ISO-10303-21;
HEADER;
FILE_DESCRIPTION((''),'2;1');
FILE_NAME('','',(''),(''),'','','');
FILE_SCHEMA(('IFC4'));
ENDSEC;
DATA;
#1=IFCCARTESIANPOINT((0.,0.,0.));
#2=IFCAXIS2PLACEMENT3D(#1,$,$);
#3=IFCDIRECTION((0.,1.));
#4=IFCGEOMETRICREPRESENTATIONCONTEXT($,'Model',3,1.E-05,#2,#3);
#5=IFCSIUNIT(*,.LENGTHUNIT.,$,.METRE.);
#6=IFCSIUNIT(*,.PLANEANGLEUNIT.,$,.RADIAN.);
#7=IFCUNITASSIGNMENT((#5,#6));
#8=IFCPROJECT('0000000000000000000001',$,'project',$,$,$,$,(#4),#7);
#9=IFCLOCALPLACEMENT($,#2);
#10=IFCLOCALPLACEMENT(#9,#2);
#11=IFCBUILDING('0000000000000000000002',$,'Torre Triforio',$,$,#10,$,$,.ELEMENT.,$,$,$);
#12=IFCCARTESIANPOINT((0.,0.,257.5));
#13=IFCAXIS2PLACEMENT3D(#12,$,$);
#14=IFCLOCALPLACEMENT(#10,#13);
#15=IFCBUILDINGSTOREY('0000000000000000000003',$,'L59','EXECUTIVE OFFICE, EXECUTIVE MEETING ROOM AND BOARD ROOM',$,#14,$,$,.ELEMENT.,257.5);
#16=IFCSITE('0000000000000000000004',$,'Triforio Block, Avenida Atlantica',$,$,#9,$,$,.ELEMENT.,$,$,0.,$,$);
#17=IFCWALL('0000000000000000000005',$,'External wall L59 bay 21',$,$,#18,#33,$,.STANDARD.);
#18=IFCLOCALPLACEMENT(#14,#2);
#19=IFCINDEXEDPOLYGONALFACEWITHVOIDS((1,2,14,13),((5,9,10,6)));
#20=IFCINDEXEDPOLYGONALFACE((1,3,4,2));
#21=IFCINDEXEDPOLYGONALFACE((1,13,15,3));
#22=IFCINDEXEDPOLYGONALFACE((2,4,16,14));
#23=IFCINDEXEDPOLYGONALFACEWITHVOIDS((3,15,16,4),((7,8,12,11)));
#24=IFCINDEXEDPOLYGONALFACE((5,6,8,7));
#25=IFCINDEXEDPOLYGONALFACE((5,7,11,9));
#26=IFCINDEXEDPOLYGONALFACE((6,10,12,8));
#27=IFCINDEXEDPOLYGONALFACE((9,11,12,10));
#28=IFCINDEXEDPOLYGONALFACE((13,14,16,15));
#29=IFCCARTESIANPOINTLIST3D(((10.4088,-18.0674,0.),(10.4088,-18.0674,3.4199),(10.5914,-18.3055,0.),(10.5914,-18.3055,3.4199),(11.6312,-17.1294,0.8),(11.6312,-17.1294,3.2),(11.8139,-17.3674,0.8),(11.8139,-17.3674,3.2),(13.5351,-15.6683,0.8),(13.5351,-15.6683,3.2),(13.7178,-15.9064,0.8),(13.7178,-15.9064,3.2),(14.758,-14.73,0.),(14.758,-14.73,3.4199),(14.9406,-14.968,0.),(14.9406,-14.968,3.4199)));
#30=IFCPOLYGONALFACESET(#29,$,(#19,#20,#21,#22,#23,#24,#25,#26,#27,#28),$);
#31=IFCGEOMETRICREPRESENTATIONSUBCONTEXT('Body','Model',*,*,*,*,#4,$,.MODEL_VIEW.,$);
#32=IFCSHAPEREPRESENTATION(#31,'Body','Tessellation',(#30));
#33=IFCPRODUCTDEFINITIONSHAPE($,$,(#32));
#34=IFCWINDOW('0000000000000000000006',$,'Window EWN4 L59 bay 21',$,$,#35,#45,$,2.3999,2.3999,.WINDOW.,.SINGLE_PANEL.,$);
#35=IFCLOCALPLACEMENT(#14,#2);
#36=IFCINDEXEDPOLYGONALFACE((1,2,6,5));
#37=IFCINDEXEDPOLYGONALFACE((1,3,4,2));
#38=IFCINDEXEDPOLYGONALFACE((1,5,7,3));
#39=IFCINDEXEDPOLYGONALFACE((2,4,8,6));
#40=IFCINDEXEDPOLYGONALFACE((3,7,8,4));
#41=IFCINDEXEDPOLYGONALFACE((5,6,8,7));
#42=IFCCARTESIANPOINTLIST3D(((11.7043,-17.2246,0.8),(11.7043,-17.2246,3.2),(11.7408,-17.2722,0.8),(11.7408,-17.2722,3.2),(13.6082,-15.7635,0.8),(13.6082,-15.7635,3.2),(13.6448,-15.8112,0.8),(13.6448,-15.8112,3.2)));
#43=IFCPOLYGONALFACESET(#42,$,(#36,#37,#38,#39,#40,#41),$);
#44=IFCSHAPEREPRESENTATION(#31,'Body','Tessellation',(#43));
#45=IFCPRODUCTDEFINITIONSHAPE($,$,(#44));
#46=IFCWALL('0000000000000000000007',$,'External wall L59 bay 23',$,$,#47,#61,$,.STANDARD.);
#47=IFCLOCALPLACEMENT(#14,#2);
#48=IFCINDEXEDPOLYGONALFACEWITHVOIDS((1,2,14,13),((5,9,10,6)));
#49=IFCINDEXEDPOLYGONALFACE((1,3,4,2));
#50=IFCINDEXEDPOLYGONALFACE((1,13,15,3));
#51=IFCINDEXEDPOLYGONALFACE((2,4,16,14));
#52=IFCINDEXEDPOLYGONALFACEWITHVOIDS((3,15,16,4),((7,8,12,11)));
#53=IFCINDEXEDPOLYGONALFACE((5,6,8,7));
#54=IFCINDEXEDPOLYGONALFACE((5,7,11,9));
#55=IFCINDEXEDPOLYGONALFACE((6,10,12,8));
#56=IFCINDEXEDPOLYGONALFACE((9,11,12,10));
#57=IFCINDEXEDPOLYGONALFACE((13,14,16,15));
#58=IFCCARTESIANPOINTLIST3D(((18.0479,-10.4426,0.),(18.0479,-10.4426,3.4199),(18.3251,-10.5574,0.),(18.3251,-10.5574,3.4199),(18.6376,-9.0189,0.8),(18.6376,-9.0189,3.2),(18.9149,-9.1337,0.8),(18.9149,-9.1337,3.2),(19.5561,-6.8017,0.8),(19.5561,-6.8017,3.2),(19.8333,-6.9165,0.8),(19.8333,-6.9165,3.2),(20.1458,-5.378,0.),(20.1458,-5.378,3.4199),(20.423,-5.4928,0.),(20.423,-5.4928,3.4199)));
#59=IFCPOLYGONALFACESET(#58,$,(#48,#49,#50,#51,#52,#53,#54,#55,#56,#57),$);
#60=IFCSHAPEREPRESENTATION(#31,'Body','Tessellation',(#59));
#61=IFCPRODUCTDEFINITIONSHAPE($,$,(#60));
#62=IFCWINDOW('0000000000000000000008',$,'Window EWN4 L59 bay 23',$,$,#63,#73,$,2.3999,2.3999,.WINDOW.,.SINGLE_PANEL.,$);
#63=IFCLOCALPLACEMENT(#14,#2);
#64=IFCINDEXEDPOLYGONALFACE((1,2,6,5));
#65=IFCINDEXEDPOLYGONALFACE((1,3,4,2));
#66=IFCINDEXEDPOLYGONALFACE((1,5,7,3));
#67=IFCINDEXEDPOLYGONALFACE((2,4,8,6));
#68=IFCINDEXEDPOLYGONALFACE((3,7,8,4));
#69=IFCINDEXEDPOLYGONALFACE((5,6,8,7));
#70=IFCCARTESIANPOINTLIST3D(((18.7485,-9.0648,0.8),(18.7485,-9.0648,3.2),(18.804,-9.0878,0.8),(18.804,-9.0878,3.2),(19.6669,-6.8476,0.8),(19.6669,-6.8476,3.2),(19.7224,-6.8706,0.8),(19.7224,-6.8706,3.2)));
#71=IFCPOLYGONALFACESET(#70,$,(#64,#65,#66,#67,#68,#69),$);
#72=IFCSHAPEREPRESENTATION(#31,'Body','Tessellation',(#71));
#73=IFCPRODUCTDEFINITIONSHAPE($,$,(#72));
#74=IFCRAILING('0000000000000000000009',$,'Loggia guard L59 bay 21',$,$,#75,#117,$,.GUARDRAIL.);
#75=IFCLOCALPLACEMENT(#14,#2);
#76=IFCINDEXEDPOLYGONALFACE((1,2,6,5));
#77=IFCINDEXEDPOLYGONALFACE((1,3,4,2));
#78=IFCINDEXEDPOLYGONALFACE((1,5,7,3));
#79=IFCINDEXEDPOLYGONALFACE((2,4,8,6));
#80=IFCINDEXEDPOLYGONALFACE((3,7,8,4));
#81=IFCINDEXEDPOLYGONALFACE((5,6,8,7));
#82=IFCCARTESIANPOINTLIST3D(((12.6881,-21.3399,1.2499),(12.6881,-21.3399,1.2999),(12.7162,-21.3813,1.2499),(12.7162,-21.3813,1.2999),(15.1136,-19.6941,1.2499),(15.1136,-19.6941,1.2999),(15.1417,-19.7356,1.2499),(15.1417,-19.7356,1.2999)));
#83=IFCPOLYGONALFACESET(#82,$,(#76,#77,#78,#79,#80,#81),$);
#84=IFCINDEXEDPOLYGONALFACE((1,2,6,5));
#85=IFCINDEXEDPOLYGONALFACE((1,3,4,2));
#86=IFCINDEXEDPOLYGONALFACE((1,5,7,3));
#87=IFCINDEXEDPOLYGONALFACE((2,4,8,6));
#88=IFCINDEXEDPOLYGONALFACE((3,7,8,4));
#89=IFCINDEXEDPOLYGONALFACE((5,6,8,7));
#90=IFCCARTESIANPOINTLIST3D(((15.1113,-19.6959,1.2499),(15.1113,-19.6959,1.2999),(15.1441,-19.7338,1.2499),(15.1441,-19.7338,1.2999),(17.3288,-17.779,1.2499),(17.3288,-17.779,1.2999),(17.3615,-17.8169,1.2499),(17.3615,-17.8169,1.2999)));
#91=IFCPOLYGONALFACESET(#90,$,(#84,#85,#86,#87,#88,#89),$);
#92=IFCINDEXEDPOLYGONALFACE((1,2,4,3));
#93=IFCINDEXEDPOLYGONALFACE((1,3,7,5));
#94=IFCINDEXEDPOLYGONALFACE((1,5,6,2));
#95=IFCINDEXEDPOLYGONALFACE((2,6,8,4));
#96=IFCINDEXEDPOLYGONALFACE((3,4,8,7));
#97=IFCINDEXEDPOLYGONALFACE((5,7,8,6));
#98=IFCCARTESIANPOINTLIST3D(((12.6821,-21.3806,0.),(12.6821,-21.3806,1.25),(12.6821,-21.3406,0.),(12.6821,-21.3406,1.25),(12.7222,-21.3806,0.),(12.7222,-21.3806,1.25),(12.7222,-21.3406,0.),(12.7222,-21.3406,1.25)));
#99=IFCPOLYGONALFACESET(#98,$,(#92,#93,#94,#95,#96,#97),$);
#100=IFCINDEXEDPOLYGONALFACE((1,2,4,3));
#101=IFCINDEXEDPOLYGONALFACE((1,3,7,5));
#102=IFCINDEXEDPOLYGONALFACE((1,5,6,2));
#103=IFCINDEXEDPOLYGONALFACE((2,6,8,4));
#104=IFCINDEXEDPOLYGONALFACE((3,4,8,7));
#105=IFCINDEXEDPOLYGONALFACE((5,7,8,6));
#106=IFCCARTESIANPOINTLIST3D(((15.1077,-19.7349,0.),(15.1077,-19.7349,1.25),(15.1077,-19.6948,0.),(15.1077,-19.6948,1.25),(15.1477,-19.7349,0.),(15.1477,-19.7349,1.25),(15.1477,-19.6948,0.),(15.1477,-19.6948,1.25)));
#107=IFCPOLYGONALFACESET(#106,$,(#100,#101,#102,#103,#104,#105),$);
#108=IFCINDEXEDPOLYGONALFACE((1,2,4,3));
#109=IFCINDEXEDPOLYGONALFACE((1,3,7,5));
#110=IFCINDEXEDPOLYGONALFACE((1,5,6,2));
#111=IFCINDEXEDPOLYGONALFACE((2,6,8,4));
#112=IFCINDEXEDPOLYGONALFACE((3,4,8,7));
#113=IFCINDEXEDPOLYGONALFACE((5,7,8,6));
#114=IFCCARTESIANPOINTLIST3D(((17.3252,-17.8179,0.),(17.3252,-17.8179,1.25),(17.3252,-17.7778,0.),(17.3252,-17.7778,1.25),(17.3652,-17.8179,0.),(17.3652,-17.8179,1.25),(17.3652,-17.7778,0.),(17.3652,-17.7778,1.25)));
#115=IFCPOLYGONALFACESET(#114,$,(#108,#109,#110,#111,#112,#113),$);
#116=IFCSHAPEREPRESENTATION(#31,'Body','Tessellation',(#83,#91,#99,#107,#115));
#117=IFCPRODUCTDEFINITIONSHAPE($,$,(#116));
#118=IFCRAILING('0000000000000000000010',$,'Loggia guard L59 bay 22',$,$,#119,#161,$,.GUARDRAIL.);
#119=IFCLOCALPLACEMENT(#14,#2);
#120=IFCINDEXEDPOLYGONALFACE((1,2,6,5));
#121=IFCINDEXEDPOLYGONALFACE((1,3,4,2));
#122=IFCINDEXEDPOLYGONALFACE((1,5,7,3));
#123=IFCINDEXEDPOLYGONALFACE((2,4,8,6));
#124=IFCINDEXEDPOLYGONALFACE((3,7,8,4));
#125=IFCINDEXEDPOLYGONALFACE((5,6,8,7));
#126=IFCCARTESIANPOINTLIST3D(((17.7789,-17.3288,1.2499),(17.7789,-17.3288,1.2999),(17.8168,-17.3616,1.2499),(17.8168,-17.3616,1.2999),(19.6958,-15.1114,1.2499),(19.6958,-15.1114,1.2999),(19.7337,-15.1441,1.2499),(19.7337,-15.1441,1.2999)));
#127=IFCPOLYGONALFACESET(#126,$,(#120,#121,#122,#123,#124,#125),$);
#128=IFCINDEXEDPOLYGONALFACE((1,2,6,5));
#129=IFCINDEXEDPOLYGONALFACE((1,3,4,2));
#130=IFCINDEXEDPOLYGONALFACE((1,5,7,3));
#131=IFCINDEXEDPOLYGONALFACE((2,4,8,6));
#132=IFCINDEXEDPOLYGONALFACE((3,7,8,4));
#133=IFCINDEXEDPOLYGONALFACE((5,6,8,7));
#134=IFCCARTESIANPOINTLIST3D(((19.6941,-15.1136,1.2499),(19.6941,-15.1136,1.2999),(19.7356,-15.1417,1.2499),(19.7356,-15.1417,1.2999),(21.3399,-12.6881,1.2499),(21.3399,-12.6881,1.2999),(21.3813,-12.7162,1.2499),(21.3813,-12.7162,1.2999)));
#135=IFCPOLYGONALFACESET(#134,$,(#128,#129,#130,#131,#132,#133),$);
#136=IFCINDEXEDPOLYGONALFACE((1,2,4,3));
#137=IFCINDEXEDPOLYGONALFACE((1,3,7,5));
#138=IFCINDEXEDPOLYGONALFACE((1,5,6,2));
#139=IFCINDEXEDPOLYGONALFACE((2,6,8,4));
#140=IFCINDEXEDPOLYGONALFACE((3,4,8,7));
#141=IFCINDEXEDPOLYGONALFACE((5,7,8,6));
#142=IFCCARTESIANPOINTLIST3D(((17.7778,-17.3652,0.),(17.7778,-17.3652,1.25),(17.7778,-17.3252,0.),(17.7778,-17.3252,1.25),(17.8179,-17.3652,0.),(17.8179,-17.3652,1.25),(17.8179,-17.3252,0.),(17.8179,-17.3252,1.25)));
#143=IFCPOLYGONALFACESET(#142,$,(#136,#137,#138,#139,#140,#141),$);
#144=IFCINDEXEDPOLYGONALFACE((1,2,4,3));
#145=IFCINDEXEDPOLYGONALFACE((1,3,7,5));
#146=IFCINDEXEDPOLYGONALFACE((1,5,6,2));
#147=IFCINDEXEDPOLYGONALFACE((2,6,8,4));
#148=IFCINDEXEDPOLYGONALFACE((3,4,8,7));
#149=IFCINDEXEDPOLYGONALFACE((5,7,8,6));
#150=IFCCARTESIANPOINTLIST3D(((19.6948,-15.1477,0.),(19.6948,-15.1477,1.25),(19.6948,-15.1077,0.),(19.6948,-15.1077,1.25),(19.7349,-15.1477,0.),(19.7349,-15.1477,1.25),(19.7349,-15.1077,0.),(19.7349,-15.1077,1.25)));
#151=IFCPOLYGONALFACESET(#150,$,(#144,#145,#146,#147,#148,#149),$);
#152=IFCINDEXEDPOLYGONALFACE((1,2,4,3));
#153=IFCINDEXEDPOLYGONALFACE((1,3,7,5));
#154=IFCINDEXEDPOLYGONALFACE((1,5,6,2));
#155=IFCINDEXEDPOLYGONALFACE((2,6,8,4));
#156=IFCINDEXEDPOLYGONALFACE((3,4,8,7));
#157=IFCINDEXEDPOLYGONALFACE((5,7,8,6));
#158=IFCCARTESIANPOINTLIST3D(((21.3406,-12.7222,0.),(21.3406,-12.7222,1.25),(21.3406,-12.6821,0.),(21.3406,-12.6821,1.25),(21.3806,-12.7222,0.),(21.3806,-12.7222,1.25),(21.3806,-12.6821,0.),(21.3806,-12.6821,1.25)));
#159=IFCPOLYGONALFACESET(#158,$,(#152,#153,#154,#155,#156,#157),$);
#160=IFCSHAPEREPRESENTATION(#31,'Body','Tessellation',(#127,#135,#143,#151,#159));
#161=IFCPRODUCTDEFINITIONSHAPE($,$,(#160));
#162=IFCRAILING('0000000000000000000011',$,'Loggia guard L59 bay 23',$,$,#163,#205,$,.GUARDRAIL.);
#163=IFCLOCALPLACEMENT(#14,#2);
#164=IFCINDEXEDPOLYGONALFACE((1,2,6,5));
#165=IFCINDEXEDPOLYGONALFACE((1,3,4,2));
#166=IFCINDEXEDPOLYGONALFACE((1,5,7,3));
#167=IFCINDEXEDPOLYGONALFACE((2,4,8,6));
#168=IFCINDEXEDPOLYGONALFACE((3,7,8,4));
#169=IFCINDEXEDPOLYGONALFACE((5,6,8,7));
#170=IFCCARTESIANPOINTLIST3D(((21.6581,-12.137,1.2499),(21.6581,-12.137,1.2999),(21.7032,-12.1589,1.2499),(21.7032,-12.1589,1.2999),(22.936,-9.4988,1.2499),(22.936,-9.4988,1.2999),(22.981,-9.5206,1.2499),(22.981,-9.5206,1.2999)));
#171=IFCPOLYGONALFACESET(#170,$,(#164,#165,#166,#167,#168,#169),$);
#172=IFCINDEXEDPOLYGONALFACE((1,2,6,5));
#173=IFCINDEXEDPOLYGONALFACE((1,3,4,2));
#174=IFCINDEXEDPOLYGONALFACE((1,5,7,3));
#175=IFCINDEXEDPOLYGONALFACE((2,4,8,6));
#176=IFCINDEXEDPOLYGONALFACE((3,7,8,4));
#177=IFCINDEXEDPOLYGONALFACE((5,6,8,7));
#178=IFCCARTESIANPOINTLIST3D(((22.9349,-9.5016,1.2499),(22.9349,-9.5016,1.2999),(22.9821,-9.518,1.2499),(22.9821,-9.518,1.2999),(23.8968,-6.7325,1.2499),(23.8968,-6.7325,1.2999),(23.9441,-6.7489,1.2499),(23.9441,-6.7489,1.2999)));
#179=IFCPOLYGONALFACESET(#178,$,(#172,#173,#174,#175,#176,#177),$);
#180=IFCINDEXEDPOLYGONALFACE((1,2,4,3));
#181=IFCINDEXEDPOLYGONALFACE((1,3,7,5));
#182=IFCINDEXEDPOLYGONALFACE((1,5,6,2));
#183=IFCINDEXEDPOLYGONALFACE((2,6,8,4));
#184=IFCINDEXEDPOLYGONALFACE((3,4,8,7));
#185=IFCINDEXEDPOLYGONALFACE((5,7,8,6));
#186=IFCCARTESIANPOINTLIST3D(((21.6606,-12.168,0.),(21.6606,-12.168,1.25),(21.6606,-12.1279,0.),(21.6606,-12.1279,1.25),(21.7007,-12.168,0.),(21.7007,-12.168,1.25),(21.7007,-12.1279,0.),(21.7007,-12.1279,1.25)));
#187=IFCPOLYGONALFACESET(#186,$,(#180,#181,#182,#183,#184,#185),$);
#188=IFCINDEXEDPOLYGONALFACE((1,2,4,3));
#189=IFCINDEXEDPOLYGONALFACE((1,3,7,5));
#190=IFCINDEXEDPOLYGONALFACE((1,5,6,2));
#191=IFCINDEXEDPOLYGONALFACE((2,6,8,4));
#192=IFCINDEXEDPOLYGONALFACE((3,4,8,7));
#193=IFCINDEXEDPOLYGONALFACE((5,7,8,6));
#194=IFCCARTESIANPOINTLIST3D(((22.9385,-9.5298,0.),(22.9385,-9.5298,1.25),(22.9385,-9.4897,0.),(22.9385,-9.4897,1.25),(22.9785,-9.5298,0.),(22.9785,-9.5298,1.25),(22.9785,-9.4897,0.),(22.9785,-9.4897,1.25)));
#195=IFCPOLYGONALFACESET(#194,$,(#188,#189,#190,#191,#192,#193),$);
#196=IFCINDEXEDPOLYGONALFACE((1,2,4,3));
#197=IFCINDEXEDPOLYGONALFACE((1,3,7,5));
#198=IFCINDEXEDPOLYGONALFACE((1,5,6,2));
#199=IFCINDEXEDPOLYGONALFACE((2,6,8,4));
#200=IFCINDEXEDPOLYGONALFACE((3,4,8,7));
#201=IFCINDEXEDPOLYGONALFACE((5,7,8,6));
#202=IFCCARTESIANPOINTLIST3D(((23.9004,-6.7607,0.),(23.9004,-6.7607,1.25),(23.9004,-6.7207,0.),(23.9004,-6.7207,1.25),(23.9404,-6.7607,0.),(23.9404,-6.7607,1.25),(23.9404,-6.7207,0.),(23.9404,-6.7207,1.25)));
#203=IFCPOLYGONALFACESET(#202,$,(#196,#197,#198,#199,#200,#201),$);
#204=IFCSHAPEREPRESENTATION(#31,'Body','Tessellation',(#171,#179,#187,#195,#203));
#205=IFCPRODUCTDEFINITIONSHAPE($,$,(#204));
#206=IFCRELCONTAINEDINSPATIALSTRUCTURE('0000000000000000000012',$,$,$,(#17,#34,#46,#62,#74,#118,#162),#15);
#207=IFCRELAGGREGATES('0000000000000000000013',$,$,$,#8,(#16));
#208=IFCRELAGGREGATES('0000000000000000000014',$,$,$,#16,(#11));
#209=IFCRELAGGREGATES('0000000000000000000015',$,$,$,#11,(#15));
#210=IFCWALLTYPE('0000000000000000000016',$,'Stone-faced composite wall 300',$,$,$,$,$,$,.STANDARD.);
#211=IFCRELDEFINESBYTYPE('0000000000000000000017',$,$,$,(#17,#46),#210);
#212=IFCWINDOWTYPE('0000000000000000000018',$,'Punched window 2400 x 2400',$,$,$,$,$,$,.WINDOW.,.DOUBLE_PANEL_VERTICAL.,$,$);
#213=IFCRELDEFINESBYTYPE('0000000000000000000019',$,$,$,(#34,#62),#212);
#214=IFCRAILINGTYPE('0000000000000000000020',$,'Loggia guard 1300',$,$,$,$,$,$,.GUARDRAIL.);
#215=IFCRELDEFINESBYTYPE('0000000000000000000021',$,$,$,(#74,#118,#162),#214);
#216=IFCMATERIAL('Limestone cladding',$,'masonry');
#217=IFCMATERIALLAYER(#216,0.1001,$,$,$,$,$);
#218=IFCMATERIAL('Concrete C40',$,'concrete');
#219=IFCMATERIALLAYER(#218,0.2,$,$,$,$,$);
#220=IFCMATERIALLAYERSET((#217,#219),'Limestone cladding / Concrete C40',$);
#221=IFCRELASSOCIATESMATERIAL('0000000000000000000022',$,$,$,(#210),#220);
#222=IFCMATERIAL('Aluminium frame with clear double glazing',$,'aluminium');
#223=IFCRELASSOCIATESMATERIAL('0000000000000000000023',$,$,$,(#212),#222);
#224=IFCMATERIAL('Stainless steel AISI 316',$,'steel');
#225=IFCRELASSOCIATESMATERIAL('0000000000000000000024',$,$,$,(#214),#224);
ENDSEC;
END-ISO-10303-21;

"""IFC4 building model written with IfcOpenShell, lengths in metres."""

from ifc_helpers import new_model, si_unit, direction, frame, frame_2d, origin, origin_2d, place, context, subcontext, project, spatial, rectangle, extrude, material, layer, layer_set, type_object, element, fill, save


model = new_model("IFC4")

# Units and contexts
model_context = context("Model", 3, precision=1e-05, world=origin(), true_north=direction((0.0, 1.0)))
body_context = subcontext(model_context, "Body", "Model", "MODEL_VIEW")
ifc_project = project(units=[si_unit("LENGTHUNIT", "METRE"), si_unit("PLANEANGLEUNIT", "RADIAN")], contexts=[model_context])

# Site, building, storey
site_placement = place(None, origin())
site = spatial("IfcSite", under=ifc_project, at=site_placement, Name="Triforio Block, Avenida Atlantica", CompositionType="ELEMENT", RefElevation=0.0)
building_placement = place(site_placement, origin())
building = spatial("IfcBuilding", under=site, at=building_placement, Name="Torre Triforio", CompositionType="ELEMENT")
storey_placement = place(building_placement, frame((0.0, 0.0, 257.5)))
storey = spatial("IfcBuildingStorey", under=building, at=storey_placement, Name="L59", Description="EXECUTIVE OFFICE, EXECUTIVE MEETING ROOM AND BOARD ROOM", CompositionType="ELEMENT", Elevation=257.5)

# Shared definitions
ifc_material_1 = material(Name="Concrete C40", Category="concrete")

# Shared definitions
ifc_material_2 = material(Name="Limestone cladding", Category="masonry")

# Wall, opening, window
ifc_layer_1 = layer(ifc_material_2, 0.1001)
ifc_layer_2 = layer(ifc_material_1, 0.2)
ifc_layer_set_1 = layer_set([ifc_layer_1, ifc_layer_2], Name="Limestone cladding / Concrete C40")
wall_type_1 = type_object("IfcWallType", Name="Stone-faced composite wall 300", PredefinedType="STANDARD", material=ifc_layer_set_1)
wall_1_placement = place(storey_placement, frame((10.5, -18.1865, 0.0), z_axis=(0.0, 0.0, 1.0), x_axis=(0.793335, 0.608785, 0.0)))
wall_1 = element("IfcWall", 1, at=wall_1_placement, inside=storey, type_object=wall_type_1, Name="External wall L59 bay 21", PredefinedType="STANDARD", context=body_context, shape_type="SweptSolid", body=[
    extrude(rectangle(XDim=5.4822, YDim=0.3, at=frame_2d((2.7412, 0.0))), origin(), (0.0, 0.0, 1.0), 3.4199),
])
opening_1_placement = place(wall_1_placement, frame((1.541, 0.0, 0.8)))
opening_1 = element("IfcOpeningElement", 2, at=opening_1_placement, cuts=wall_1, PredefinedType="OPENING", context=body_context, shape_type="SweptSolid", body=[
    extrude(rectangle(XDim=2.3999, YDim=2.3999, at=frame_2d((1.2, 1.2))), frame((0.0, 0.1599, 0.0), z_axis=(0.0, -1.0, 0.0), x_axis=(1.0, 0.0, 0.0)), (0.0, 0.0, 1.0), 0.3201),
])
ifc_material_3 = material(Name="Aluminium frame with clear double glazing", Category="aluminium")
window_type_1 = type_object("IfcWindowType", Name="Punched window 2400 x 2400", PartitioningType="DOUBLE_PANEL_VERTICAL", PredefinedType="WINDOW", material=ifc_material_3)
window_1_placement = place(opening_1_placement, origin())
window_1 = element("IfcWindow", 3, at=window_1_placement, inside=storey, type_object=window_type_1, Name="Window EWN4 L59 bay 21", OverallHeight=2.3999, OverallWidth=2.3999, PartitioningType="SINGLE_PANEL", PredefinedType="WINDOW", context=body_context, shape_type="SweptSolid", body=[
    extrude(rectangle(XDim=2.3999, YDim=2.3999, at=frame_2d((1.2, 1.2))), frame((0.0, 0.03, 0.0), z_axis=(0.0, -1.0, 0.0), x_axis=(1.0, 0.0, 0.0)), (0.0, 0.0, 1.0), 0.0601),
])
fill(opening_1, window_1)

# Wall, opening, window
wall_2_placement = place(storey_placement, frame((18.1865, -10.5, 0.0), z_axis=(0.0, 0.0, 1.0), x_axis=(0.382689, 0.923877, 0.0)))
wall_2 = element("IfcWall", 4, at=wall_2_placement, inside=storey, type_object=wall_type_1, Name="External wall L59 bay 23", PredefinedType="STANDARD", context=body_context, shape_type="SweptSolid", body=[
    extrude(rectangle(XDim=5.4819, YDim=0.3, at=frame_2d((2.741, 0.0))), origin(), (0.0, 0.0, 1.0), 3.4199),
])
opening_2_placement = place(wall_2_placement, frame((1.541, 0.0, 0.8)))
opening_2 = element("IfcOpeningElement", 5, at=opening_2_placement, cuts=wall_2, PredefinedType="OPENING", context=body_context, shape_type="SweptSolid", body=[
    extrude(rectangle(XDim=2.3999, YDim=2.3999, at=frame_2d((1.2, 1.2))), frame((0.0, 0.1599, 0.0), z_axis=(0.0, -1.0, 0.0), x_axis=(1.0, 0.0, 0.0)), (0.0, 0.0, 1.0), 0.3201),
])
window_2_placement = place(opening_2_placement, origin())
window_2 = element("IfcWindow", 6, at=window_2_placement, inside=storey, type_object=window_type_1, Name="Window EWN4 L59 bay 23", OverallHeight=2.3999, OverallWidth=2.3999, PartitioningType="SINGLE_PANEL", PredefinedType="WINDOW", context=body_context, shape_type="SweptSolid", body=[
    extrude(rectangle(XDim=2.3999, YDim=2.3999, at=frame_2d((1.2, 1.2))), frame((0.0, 0.03, 0.0), z_axis=(0.0, -1.0, 0.0), x_axis=(1.0, 0.0, 0.0)), (0.0, 0.0, 1.0), 0.0601),
])
fill(opening_2, window_2)

# Railings
ifc_material_4 = material(Name="Stainless steel AISI 316", Category="steel")
railing_type = type_object("IfcRailingType", Name="Loggia guard 1300", PredefinedType="GUARDRAIL", material=ifc_material_4)
railing_1_placement = place(storey_placement, frame((12.7021, -21.3606, 0.0)))
element("IfcRailing", 7, at=railing_1_placement, inside=storey, type_object=railing_type, Name="Loggia guard L59 bay 21", PredefinedType="GUARDRAIL", context=body_context, shape_type="SweptSolid", body=[
    extrude(rectangle(XDim=0.05, YDim=0.05, at=origin_2d()), frame((0.0, 0.0, 1.2749), z_axis=(0.827499, 0.561467, 0.0), x_axis=(-0.561467, 0.827499, 0.0)), (0.0, 0.0, 1.0), 2.9312),
    extrude(rectangle(XDim=0.05, YDim=0.05, at=origin_2d()), frame((2.4255, 1.6458, 1.2749), z_axis=(0.75651, 0.653982, 0.0), x_axis=(-0.653982, 0.75651, 0.0)), (0.0, 0.0, 1.0), 2.9312),
    extrude(rectangle(XDim=0.04, YDim=0.04, at=origin_2d()), origin(), (0.0, 0.0, 1.0), 1.25),
    extrude(rectangle(XDim=0.04, YDim=0.04, at=origin_2d()), frame((2.4255, 1.6458, 0.0)), (0.0, 0.0, 1.0), 1.25),
    extrude(rectangle(XDim=0.04, YDim=0.04, at=origin_2d()), frame((4.6431, 3.5627, 0.0)), (0.0, 0.0, 1.0), 1.25),
])
railing_2_placement = place(storey_placement, frame((17.7979, -17.3452, 0.0)))
element("IfcRailing", 8, at=railing_2_placement, inside=storey, type_object=railing_type, Name="Loggia guard L59 bay 22", PredefinedType="GUARDRAIL", context=body_context, shape_type="SweptSolid", body=[
    extrude(rectangle(XDim=0.05, YDim=0.05, at=origin_2d()), frame((0.0, 0.0, 1.2749), z_axis=(0.653982, 0.75651, 0.0), x_axis=(-0.75651, 0.653982, 0.0)), (0.0, 0.0, 1.0), 2.9312),
    extrude(rectangle(XDim=0.05, YDim=0.05, at=origin_2d()), frame((1.917, 2.2175, 1.2749), z_axis=(0.561467, 0.827499, 0.0), x_axis=(-0.827499, 0.561467, 0.0)), (0.0, 0.0, 1.0), 2.9312),
    extrude(rectangle(XDim=0.04, YDim=0.04, at=origin_2d()), origin(), (0.0, 0.0, 1.0), 1.25),
    extrude(rectangle(XDim=0.04, YDim=0.04, at=origin_2d()), frame((1.917, 2.2175, 0.0)), (0.0, 0.0, 1.0), 1.25),
    extrude(rectangle(XDim=0.04, YDim=0.04, at=origin_2d()), frame((3.5627, 4.6431, 0.0)), (0.0, 0.0, 1.0), 1.25),
])
railing_3_placement = place(storey_placement, frame((21.6807, -12.1479, 0.0)))
element("IfcRailing", 9, at=railing_3_placement, inside=storey, type_object=railing_type, Name="Loggia guard L59 bay 23", PredefinedType="GUARDRAIL", context=body_context, shape_type="SweptSolid", body=[
    extrude(rectangle(XDim=0.05, YDim=0.05, at=origin_2d()), frame((0.0, 0.0, 1.2749), z_axis=(0.435918, 0.899986, 0.0), x_axis=(-0.899986, 0.435918, 0.0)), (0.0, 0.0, 1.0), 2.9314),
    extrude(rectangle(XDim=0.05, YDim=0.05, at=origin_2d()), frame((1.2778, 2.6382, 1.2749), z_axis=(0.328146, 0.944627, 0.0), x_axis=(-0.944627, 0.328146, 0.0)), (0.0, 0.0, 1.0), 2.9314),
    extrude(rectangle(XDim=0.04, YDim=0.04, at=origin_2d()), origin(), (0.0, 0.0, 1.0), 1.25),
    extrude(rectangle(XDim=0.04, YDim=0.04, at=origin_2d()), frame((1.2778, 2.6382, 0.0)), (0.0, 0.0, 1.0), 1.25),
    extrude(rectangle(XDim=0.04, YDim=0.04, at=origin_2d()), frame((2.2397, 5.4072, 0.0)), (0.0, 0.0, 1.0), 1.25),
])

save(model, "model.ifc")
